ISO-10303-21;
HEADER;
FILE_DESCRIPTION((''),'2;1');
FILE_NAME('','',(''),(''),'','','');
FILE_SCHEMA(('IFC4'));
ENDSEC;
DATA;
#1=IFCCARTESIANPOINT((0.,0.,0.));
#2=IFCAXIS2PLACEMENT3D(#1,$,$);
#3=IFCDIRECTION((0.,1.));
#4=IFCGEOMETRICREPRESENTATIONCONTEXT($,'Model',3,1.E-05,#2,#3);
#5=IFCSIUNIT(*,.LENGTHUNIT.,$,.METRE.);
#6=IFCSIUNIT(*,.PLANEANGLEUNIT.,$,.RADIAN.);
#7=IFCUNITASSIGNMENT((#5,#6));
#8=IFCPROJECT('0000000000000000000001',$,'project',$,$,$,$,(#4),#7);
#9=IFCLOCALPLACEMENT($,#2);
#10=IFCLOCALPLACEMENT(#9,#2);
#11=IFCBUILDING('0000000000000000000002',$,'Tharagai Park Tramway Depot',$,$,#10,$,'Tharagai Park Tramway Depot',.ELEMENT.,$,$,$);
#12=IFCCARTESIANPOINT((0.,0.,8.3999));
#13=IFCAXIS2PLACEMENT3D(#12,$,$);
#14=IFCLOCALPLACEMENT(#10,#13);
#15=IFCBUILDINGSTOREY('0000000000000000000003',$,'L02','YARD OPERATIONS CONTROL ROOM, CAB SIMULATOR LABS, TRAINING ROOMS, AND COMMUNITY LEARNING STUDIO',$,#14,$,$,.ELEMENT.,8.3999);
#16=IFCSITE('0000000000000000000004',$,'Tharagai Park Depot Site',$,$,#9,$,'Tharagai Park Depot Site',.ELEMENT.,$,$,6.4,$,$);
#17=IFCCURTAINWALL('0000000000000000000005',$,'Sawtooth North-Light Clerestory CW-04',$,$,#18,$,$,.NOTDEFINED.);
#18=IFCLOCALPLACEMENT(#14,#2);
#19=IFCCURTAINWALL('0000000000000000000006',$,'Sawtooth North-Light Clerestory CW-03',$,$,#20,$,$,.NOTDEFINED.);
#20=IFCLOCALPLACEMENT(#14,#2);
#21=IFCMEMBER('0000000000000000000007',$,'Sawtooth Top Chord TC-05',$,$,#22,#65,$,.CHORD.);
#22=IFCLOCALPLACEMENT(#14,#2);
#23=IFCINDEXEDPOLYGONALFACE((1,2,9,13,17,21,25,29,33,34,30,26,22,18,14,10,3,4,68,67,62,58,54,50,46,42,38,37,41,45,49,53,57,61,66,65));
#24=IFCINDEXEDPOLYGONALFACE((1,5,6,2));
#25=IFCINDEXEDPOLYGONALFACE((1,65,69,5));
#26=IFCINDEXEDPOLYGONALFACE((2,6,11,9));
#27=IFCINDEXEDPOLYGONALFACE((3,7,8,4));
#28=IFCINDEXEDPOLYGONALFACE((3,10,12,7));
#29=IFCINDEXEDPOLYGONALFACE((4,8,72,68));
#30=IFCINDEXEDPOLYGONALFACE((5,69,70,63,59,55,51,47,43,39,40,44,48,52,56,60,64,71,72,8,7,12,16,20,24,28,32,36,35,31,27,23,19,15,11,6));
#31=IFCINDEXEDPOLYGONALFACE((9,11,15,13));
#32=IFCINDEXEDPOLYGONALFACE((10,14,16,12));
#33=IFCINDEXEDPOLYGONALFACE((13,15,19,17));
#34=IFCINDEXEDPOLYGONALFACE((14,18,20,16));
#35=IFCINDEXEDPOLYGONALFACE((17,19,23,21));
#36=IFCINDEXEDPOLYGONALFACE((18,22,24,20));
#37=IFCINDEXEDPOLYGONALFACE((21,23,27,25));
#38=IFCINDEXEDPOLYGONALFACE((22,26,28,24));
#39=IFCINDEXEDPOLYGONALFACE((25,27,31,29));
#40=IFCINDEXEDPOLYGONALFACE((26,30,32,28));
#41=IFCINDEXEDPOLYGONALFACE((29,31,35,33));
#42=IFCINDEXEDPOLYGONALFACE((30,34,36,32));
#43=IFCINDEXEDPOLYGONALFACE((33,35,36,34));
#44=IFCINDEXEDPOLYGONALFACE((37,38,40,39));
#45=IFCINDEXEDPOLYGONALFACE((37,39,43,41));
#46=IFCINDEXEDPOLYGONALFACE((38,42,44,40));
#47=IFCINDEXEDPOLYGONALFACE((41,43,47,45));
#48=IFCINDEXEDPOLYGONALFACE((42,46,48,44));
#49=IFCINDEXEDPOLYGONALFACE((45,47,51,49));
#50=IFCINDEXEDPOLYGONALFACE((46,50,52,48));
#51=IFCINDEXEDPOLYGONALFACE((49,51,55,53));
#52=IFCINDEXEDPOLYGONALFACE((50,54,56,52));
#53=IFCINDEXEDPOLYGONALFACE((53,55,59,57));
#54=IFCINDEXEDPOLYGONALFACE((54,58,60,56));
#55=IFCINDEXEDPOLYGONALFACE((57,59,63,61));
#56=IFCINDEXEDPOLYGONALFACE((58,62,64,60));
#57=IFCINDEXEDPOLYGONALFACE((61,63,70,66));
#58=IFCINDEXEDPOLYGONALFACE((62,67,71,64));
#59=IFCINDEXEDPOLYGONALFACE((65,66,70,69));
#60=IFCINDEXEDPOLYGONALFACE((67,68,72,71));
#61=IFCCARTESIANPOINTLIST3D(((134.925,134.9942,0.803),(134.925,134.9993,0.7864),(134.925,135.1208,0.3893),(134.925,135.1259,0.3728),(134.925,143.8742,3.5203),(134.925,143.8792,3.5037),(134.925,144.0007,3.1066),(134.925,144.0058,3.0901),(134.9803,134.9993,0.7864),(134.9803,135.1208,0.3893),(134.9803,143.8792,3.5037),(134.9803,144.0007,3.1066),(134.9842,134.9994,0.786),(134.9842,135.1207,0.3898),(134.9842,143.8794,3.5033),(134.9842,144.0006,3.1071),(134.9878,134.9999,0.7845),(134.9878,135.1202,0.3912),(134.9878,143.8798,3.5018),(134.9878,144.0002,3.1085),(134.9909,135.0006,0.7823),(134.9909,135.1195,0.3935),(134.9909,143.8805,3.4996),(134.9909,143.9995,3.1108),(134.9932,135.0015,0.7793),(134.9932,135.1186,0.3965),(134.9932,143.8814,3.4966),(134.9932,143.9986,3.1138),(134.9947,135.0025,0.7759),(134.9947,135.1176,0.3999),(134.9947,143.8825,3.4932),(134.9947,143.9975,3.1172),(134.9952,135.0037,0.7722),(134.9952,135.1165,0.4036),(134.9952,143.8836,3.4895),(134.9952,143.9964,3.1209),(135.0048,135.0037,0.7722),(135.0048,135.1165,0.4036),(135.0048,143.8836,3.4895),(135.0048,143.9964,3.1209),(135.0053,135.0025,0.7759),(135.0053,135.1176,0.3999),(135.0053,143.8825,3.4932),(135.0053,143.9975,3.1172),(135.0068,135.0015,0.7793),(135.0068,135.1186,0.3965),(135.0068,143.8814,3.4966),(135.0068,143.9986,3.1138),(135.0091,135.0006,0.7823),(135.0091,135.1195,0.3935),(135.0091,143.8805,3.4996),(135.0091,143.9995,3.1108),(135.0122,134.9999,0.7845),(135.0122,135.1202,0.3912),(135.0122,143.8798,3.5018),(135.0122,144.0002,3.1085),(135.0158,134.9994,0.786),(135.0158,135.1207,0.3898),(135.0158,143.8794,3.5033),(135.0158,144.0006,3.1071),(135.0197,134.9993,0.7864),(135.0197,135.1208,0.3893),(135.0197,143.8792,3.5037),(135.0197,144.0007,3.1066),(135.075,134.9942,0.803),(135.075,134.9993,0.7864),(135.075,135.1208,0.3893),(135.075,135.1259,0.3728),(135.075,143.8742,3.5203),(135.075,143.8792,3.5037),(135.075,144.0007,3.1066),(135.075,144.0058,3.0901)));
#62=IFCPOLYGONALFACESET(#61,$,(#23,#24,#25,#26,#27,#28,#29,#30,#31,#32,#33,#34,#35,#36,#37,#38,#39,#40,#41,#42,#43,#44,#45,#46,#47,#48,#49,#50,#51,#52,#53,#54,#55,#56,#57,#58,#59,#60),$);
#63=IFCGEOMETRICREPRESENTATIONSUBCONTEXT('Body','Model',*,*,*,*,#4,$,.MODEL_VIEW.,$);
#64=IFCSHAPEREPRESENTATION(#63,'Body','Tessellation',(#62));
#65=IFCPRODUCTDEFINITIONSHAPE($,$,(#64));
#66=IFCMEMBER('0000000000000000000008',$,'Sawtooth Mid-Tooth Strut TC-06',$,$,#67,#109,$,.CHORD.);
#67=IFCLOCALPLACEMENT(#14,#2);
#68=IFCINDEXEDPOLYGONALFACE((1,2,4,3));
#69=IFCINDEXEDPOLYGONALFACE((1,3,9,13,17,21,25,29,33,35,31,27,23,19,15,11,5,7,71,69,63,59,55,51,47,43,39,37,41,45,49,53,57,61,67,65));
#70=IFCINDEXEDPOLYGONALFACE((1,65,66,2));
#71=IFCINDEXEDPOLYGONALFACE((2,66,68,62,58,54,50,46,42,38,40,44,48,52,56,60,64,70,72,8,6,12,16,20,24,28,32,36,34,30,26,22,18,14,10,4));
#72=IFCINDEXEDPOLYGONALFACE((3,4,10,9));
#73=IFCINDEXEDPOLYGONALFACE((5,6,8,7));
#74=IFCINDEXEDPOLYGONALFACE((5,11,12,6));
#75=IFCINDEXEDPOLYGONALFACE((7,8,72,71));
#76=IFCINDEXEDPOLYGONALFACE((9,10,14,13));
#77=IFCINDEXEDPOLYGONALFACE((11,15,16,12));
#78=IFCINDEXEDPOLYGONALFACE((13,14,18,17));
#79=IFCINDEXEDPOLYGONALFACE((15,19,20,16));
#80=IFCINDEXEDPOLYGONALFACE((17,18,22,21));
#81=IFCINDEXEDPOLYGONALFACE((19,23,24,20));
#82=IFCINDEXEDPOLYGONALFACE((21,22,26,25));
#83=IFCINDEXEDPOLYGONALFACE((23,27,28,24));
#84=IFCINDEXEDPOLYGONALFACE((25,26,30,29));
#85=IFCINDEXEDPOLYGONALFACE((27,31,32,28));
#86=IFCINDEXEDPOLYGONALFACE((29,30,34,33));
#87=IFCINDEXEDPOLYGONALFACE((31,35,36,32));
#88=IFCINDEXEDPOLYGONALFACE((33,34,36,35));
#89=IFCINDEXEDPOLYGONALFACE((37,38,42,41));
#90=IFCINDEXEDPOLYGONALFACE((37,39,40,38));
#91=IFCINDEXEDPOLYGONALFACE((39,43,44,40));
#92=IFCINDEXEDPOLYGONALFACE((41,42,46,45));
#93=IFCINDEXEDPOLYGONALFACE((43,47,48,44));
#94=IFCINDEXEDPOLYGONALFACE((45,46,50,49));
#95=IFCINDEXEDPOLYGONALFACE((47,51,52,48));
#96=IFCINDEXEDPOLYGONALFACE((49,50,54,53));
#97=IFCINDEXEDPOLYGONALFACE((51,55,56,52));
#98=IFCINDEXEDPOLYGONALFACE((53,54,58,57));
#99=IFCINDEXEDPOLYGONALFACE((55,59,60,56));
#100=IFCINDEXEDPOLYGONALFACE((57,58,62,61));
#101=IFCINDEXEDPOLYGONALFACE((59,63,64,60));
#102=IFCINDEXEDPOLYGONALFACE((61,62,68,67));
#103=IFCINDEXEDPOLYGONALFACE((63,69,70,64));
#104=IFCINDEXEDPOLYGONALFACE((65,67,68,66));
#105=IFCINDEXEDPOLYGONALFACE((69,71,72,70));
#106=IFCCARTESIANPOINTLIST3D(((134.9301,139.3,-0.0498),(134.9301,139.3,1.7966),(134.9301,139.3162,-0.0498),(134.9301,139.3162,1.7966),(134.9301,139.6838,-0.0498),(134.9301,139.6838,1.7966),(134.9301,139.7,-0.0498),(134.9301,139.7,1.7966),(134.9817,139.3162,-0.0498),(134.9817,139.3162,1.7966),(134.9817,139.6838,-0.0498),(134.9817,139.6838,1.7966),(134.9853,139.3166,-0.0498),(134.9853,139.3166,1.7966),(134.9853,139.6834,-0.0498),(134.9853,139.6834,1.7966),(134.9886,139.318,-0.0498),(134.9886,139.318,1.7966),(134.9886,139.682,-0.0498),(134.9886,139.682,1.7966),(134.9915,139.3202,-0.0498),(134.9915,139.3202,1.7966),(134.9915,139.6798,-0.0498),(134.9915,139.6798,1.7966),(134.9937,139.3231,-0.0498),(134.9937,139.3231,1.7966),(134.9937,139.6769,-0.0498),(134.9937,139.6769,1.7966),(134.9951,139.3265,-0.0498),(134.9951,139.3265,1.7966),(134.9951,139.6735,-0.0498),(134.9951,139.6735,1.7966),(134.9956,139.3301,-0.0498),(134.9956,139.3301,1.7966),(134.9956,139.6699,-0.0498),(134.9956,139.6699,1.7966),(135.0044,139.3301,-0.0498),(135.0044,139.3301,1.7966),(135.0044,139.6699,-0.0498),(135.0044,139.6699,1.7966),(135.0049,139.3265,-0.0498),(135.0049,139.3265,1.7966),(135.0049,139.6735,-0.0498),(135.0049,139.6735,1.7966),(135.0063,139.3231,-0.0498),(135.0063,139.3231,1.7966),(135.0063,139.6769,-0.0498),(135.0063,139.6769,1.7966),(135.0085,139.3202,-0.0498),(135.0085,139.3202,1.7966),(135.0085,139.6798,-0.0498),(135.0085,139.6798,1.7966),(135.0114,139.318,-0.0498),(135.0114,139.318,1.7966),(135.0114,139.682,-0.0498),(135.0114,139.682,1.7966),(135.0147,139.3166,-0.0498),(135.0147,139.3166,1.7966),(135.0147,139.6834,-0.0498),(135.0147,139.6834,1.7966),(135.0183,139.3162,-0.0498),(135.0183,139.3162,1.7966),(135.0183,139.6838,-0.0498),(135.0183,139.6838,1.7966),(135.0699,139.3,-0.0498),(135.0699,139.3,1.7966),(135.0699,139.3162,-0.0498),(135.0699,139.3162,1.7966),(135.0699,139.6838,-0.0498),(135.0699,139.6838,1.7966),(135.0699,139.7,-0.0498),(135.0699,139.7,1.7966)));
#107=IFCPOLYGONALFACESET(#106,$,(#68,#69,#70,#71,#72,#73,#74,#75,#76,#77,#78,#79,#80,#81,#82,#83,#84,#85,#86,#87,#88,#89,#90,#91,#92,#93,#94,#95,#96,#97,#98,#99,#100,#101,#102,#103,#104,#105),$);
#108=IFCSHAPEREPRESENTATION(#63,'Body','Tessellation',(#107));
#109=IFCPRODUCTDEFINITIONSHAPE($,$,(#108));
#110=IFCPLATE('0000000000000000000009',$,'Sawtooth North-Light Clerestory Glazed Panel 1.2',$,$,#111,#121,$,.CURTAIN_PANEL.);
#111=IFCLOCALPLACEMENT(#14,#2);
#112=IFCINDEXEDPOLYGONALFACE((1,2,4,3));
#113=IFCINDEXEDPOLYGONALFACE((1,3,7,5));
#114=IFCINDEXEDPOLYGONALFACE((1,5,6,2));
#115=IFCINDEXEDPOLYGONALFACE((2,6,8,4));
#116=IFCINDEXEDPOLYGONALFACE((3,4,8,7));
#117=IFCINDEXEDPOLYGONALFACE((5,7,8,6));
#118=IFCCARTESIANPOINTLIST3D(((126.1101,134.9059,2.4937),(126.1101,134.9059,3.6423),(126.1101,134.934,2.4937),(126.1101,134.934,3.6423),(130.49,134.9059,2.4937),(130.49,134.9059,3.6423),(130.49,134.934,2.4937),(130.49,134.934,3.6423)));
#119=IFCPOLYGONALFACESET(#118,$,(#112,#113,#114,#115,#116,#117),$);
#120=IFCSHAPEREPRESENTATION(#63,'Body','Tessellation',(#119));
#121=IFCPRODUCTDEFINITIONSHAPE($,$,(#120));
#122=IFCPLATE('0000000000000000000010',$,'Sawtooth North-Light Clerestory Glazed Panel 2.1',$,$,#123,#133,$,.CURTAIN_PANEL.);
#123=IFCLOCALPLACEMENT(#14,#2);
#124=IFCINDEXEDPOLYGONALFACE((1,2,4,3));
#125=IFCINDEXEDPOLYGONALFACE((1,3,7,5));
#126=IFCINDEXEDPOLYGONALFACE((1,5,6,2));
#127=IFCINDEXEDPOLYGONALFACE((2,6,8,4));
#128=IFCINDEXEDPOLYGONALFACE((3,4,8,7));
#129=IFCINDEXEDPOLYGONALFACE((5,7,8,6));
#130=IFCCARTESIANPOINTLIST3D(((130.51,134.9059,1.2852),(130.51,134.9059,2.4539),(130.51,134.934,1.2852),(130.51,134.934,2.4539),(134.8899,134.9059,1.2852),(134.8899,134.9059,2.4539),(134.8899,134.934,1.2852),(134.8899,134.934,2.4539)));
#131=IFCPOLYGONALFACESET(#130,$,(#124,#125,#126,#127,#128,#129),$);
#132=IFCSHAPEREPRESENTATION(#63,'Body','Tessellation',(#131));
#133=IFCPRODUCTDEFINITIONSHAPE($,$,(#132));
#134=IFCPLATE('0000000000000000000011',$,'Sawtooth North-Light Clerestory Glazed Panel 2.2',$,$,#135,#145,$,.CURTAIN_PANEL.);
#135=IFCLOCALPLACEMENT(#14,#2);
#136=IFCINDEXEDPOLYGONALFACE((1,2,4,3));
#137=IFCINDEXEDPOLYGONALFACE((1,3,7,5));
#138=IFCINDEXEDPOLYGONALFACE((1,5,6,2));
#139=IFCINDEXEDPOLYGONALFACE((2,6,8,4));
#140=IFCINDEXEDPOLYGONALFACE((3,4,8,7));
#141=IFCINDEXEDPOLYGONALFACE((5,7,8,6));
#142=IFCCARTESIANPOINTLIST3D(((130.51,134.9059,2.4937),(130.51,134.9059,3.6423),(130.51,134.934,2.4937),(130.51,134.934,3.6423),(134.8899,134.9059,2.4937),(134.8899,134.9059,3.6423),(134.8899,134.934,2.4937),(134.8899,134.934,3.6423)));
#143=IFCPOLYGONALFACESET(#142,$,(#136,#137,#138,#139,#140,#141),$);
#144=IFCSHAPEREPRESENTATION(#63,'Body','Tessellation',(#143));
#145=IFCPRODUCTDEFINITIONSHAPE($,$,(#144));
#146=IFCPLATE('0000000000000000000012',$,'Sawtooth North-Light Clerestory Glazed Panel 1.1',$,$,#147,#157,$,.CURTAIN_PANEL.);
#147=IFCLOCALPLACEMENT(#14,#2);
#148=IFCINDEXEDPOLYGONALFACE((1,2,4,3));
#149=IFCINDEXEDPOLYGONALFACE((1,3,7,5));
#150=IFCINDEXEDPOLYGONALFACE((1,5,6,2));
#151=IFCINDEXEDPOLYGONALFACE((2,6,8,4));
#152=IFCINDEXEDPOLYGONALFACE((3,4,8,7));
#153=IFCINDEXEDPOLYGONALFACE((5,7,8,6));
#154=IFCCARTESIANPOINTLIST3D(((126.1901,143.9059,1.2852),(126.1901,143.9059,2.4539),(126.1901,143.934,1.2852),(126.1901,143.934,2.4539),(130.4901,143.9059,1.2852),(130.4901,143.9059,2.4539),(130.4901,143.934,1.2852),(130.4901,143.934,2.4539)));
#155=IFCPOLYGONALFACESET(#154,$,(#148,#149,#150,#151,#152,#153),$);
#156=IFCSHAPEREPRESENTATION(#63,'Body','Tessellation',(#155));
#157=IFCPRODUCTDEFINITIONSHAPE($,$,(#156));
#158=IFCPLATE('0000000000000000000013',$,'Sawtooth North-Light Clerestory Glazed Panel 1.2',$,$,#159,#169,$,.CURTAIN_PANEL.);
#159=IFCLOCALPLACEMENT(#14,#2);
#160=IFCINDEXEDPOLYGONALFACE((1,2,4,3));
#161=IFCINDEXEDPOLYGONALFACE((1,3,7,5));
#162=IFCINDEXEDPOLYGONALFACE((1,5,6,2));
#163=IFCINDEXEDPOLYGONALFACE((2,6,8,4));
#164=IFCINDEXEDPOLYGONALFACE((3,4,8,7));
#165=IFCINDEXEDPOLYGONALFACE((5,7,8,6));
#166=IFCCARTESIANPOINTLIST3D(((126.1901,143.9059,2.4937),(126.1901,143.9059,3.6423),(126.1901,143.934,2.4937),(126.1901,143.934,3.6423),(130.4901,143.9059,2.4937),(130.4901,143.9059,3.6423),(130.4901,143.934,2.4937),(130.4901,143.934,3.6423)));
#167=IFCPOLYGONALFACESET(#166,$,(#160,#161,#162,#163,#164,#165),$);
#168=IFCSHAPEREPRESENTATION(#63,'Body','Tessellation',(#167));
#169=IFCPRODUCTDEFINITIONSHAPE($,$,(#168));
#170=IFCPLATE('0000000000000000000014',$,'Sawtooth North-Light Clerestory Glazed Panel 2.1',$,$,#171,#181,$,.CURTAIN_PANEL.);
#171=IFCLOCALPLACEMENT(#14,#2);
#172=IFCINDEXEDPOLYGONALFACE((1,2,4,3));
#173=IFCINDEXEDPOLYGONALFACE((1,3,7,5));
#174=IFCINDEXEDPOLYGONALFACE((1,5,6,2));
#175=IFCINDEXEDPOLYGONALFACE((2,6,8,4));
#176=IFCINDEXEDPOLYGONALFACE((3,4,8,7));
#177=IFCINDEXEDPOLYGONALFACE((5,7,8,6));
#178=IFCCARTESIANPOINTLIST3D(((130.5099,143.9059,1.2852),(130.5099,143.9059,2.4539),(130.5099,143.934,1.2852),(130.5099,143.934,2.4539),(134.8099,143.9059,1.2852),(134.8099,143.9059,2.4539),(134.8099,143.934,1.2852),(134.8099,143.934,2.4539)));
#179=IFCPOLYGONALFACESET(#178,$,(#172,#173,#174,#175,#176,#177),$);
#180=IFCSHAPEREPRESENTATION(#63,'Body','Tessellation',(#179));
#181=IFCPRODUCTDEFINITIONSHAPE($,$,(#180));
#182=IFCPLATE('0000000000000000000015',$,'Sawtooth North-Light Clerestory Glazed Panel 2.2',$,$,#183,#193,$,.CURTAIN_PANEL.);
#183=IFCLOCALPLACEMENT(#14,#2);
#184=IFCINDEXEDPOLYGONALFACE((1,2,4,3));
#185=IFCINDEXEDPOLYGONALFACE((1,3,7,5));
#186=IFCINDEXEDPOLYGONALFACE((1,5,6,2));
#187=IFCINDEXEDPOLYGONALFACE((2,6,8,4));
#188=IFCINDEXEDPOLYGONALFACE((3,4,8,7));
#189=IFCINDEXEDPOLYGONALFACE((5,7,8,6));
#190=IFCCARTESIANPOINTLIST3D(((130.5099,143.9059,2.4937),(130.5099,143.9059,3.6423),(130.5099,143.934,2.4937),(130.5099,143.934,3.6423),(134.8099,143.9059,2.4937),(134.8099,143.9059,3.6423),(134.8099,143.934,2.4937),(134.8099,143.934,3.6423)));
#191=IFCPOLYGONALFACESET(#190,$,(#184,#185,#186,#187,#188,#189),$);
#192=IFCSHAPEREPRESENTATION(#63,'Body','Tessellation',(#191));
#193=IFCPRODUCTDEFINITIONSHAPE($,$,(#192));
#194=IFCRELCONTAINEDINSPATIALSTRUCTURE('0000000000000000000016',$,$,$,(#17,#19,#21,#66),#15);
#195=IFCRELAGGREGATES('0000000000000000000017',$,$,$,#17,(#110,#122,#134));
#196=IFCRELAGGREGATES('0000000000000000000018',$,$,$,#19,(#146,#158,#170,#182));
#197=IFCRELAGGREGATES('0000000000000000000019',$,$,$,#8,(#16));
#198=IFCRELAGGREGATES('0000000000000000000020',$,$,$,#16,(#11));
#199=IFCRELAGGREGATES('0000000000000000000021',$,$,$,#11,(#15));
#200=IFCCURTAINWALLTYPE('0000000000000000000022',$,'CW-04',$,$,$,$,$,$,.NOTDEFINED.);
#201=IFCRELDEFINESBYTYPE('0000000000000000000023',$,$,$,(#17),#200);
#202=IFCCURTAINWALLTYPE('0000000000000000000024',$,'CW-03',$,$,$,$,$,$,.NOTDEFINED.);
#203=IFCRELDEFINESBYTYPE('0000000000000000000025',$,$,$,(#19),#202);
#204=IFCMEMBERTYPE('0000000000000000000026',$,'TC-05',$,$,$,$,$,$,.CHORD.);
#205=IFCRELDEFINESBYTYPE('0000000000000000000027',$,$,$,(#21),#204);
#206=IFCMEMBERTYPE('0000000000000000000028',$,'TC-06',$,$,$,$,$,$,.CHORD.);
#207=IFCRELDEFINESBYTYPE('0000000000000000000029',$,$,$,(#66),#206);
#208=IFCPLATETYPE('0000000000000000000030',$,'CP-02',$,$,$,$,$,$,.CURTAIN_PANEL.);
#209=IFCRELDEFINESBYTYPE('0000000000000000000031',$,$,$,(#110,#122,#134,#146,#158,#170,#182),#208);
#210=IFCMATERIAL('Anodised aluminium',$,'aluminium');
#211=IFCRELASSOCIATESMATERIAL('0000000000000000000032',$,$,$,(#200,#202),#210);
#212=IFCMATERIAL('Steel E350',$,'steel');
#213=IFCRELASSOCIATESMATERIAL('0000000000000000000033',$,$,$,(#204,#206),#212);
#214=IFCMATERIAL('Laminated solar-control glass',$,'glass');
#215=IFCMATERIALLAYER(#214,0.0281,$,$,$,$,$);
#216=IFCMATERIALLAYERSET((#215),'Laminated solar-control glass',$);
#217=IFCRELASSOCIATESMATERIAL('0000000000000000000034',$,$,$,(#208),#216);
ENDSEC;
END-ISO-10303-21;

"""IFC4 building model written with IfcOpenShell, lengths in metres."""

from ifc_helpers import new_model, si_unit, direction, frame, origin, origin_2d, place, context, subcontext, project, spatial, rectangle, i_section, extrude, material, layer, layer_set, material_profile, profile_set, type_object, element, aggregate, save


model = new_model("IFC4")

# Units and contexts
model_context = context("Model", 3, precision=1e-05, world=origin(), true_north=direction((0.0, 1.0)))
body_context = subcontext(model_context, "Body", "Model", "MODEL_VIEW")
ifc_project = project(units=[si_unit("LENGTHUNIT", "METRE"), si_unit("PLANEANGLEUNIT", "RADIAN")], contexts=[model_context])

# Site, building, storey
site_placement = place(None, origin())
site = spatial("IfcSite", under=ifc_project, at=site_placement, Name="Tharagai Park Depot Site", LongName="Tharagai Park Depot Site", CompositionType="ELEMENT", RefElevation=6.4)
building_placement = place(site_placement, origin())
building = spatial("IfcBuilding", under=site, at=building_placement, Name="Tharagai Park Tramway Depot", LongName="Tharagai Park Tramway Depot", CompositionType="ELEMENT")
storey_placement = place(building_placement, frame((0.0, 0.0, 8.3999)))
storey = spatial("IfcBuildingStorey", under=building, at=storey_placement, Name="L02", Description="YARD OPERATIONS CONTROL ROOM, CAB SIMULATOR LABS, TRAINING ROOMS, AND COMMUNITY LEARNING STUDIO", CompositionType="ELEMENT", Elevation=8.3999)

# Shared definitions
ifc_material_1 = material(Name="Steel E350", Category="steel")

# Curtain walls
ifc_material_2 = material(Name="Anodised aluminium", Category="aluminium")
curtain_wall_type_1 = type_object("IfcCurtainWallType", Name="CW-04", PredefinedType="NOTDEFINED", material=ifc_material_2)
curtain_wall_1_placement = place(storey_placement, origin())
curtain_wall_1 = element("IfcCurtainWall", 1, at=curtain_wall_1_placement, inside=storey, type_object=curtain_wall_type_1, Name="Sawtooth North-Light Clerestory CW-04", PredefinedType="NOTDEFINED")
curtain_wall_type_2 = type_object("IfcCurtainWallType", Name="CW-03", PredefinedType="NOTDEFINED", material=ifc_material_2)
curtain_wall_2_placement = place(storey_placement, origin())
curtain_wall_2 = element("IfcCurtainWall", 2, at=curtain_wall_2_placement, inside=storey, type_object=curtain_wall_type_2, Name="Sawtooth North-Light Clerestory CW-03", PredefinedType="NOTDEFINED")

# Members
ifc_material_profile_1 = material_profile(ifc_material_1, i_section(OverallWidth=0.1499, OverallDepth=0.45, WebThickness=0.0095, FlangeThickness=0.0173, FilletRadius=0.0149, at=origin_2d()), Name="ISMB 450")
ifc_profile_set_1 = profile_set([ifc_material_profile_1], Name="Steel E350")
member_type_1 = type_object("IfcMemberType", Name="TC-05", PredefinedType="CHORD", material=ifc_profile_set_1)
member_1_placement = place(storey_placement, frame((135.0, 135.0601, 0.5879), z_axis=(0.0, 0.956231, 0.292611), x_axis=(-1.0, 0.0, 0.0)))
element("IfcMember", 3, at=member_1_placement, inside=storey, type_object=member_type_1, Name="Sawtooth Top Chord TC-05", PredefinedType="CHORD", context=body_context, shape_type="SweptSolid", body=[
    extrude(i_section(OverallWidth=0.1499, OverallDepth=0.45, WebThickness=0.0095, FlangeThickness=0.0173, FilletRadius=0.0149, at=origin_2d()), origin(), (0.0, 0.0, 1.0), 9.2864),
])
ifc_material_profile_2 = material_profile(ifc_material_1, i_section(OverallWidth=0.1399, OverallDepth=0.3999, WebThickness=0.0088, FlangeThickness=0.0161, FilletRadius=0.0139, at=origin_2d()), Name="ISMB 400")
ifc_profile_set_2 = profile_set([ifc_material_profile_2], Name="Steel E350")
member_type_2 = type_object("IfcMemberType", Name="TC-06", PredefinedType="CHORD", material=ifc_profile_set_2)
member_2_placement = place(storey_placement, frame((135.0, 139.5, -0.0498), z_axis=(0.0, 0.0, 1.0), x_axis=(1.0, 0.0, 0.0)))
element("IfcMember", 4, at=member_2_placement, inside=storey, type_object=member_type_2, Name="Sawtooth Mid-Tooth Strut TC-06", PredefinedType="CHORD", context=body_context, shape_type="SweptSolid", body=[
    extrude(i_section(OverallWidth=0.1399, OverallDepth=0.3999, WebThickness=0.0088, FlangeThickness=0.0161, FilletRadius=0.0139, at=origin_2d()), origin(), (0.0, 0.0, 1.0), 1.8464),
])

# Plates
ifc_material_3 = material(Name="Laminated solar-control glass", Category="glass")
ifc_layer = layer(ifc_material_3, 0.0281)
ifc_layer_set = layer_set([ifc_layer], Name="Laminated solar-control glass")
plate_type = type_object("IfcPlateType", Name="CP-02", PredefinedType="CURTAIN_PANEL", material=ifc_layer_set)
plate_1_placement = place(storey_placement, frame((128.3, 134.9199, 2.4937), z_axis=(0.0, 0.0, 1.0), x_axis=(1.0, 0.0, 0.0)))
plate_1 = element("IfcPlate", 5, at=plate_1_placement, type_object=plate_type, Name="Sawtooth North-Light Clerestory Glazed Panel 1.2", PredefinedType="CURTAIN_PANEL", context=body_context, shape_type="SweptSolid", body=[
    extrude(rectangle(XDim=4.3799, YDim=0.0281, at=origin_2d()), origin(), (0.0, 0.0, 1.0), 1.1487),
])
plate_2_placement = place(storey_placement, frame((132.7, 134.9199, 1.2852), z_axis=(0.0, 0.0, 1.0), x_axis=(1.0, 0.0, 0.0)))
plate_2 = element("IfcPlate", 6, at=plate_2_placement, type_object=plate_type, Name="Sawtooth North-Light Clerestory Glazed Panel 2.1", PredefinedType="CURTAIN_PANEL", context=body_context, shape_type="SweptSolid", body=[
    extrude(rectangle(XDim=4.3799, YDim=0.0281, at=origin_2d()), origin(), (0.0, 0.0, 1.0), 1.1687),
])
plate_3_placement = place(storey_placement, frame((132.7, 134.9199, 2.4937), z_axis=(0.0, 0.0, 1.0), x_axis=(1.0, 0.0, 0.0)))
plate_3 = element("IfcPlate", 7, at=plate_3_placement, type_object=plate_type, Name="Sawtooth North-Light Clerestory Glazed Panel 2.2", PredefinedType="CURTAIN_PANEL", context=body_context, shape_type="SweptSolid", body=[
    extrude(rectangle(XDim=4.3799, YDim=0.0281, at=origin_2d()), origin(), (0.0, 0.0, 1.0), 1.1487),
])
aggregate(curtain_wall_1, [plate_1, plate_2, plate_3])
plate_4_placement = place(storey_placement, frame((128.3401, 143.9199, 1.2852), z_axis=(0.0, 0.0, 1.0), x_axis=(1.0, 0.0, 0.0)))
plate_4 = element("IfcPlate", 8, at=plate_4_placement, type_object=plate_type, Name="Sawtooth North-Light Clerestory Glazed Panel 1.1", PredefinedType="CURTAIN_PANEL", context=body_context, shape_type="SweptSolid", body=[
    extrude(rectangle(XDim=4.3, YDim=0.0281, at=origin_2d()), origin(), (0.0, 0.0, 1.0), 1.1687),
])
plate_5_placement = place(storey_placement, frame((128.3401, 143.9199, 2.4937), z_axis=(0.0, 0.0, 1.0), x_axis=(1.0, 0.0, 0.0)))
plate_5 = element("IfcPlate", 9, at=plate_5_placement, type_object=plate_type, Name="Sawtooth North-Light Clerestory Glazed Panel 1.2", PredefinedType="CURTAIN_PANEL", context=body_context, shape_type="SweptSolid", body=[
    extrude(rectangle(XDim=4.3, YDim=0.0281, at=origin_2d()), origin(), (0.0, 0.0, 1.0), 1.1487),
])
plate_6_placement = place(storey_placement, frame((132.6599, 143.9199, 1.2852), z_axis=(0.0, 0.0, 1.0), x_axis=(1.0, 0.0, 0.0)))
plate_6 = element("IfcPlate", 10, at=plate_6_placement, type_object=plate_type, Name="Sawtooth North-Light Clerestory Glazed Panel 2.1", PredefinedType="CURTAIN_PANEL", context=body_context, shape_type="SweptSolid", body=[
    extrude(rectangle(XDim=4.3, YDim=0.0281, at=origin_2d()), origin(), (0.0, 0.0, 1.0), 1.1687),
])
plate_7_placement = place(storey_placement, frame((132.6599, 143.9199, 2.4937), z_axis=(0.0, 0.0, 1.0), x_axis=(1.0, 0.0, 0.0)))
plate_7 = element("IfcPlate", 11, at=plate_7_placement, type_object=plate_type, Name="Sawtooth North-Light Clerestory Glazed Panel 2.2", PredefinedType="CURTAIN_PANEL", context=body_context, shape_type="SweptSolid", body=[
    extrude(rectangle(XDim=4.3, YDim=0.0281, at=origin_2d()), origin(), (0.0, 0.0, 1.0), 1.1487),
])
aggregate(curtain_wall_2, [plate_4, plate_5, plate_6, plate_7])

save(model, "model.ifc")
